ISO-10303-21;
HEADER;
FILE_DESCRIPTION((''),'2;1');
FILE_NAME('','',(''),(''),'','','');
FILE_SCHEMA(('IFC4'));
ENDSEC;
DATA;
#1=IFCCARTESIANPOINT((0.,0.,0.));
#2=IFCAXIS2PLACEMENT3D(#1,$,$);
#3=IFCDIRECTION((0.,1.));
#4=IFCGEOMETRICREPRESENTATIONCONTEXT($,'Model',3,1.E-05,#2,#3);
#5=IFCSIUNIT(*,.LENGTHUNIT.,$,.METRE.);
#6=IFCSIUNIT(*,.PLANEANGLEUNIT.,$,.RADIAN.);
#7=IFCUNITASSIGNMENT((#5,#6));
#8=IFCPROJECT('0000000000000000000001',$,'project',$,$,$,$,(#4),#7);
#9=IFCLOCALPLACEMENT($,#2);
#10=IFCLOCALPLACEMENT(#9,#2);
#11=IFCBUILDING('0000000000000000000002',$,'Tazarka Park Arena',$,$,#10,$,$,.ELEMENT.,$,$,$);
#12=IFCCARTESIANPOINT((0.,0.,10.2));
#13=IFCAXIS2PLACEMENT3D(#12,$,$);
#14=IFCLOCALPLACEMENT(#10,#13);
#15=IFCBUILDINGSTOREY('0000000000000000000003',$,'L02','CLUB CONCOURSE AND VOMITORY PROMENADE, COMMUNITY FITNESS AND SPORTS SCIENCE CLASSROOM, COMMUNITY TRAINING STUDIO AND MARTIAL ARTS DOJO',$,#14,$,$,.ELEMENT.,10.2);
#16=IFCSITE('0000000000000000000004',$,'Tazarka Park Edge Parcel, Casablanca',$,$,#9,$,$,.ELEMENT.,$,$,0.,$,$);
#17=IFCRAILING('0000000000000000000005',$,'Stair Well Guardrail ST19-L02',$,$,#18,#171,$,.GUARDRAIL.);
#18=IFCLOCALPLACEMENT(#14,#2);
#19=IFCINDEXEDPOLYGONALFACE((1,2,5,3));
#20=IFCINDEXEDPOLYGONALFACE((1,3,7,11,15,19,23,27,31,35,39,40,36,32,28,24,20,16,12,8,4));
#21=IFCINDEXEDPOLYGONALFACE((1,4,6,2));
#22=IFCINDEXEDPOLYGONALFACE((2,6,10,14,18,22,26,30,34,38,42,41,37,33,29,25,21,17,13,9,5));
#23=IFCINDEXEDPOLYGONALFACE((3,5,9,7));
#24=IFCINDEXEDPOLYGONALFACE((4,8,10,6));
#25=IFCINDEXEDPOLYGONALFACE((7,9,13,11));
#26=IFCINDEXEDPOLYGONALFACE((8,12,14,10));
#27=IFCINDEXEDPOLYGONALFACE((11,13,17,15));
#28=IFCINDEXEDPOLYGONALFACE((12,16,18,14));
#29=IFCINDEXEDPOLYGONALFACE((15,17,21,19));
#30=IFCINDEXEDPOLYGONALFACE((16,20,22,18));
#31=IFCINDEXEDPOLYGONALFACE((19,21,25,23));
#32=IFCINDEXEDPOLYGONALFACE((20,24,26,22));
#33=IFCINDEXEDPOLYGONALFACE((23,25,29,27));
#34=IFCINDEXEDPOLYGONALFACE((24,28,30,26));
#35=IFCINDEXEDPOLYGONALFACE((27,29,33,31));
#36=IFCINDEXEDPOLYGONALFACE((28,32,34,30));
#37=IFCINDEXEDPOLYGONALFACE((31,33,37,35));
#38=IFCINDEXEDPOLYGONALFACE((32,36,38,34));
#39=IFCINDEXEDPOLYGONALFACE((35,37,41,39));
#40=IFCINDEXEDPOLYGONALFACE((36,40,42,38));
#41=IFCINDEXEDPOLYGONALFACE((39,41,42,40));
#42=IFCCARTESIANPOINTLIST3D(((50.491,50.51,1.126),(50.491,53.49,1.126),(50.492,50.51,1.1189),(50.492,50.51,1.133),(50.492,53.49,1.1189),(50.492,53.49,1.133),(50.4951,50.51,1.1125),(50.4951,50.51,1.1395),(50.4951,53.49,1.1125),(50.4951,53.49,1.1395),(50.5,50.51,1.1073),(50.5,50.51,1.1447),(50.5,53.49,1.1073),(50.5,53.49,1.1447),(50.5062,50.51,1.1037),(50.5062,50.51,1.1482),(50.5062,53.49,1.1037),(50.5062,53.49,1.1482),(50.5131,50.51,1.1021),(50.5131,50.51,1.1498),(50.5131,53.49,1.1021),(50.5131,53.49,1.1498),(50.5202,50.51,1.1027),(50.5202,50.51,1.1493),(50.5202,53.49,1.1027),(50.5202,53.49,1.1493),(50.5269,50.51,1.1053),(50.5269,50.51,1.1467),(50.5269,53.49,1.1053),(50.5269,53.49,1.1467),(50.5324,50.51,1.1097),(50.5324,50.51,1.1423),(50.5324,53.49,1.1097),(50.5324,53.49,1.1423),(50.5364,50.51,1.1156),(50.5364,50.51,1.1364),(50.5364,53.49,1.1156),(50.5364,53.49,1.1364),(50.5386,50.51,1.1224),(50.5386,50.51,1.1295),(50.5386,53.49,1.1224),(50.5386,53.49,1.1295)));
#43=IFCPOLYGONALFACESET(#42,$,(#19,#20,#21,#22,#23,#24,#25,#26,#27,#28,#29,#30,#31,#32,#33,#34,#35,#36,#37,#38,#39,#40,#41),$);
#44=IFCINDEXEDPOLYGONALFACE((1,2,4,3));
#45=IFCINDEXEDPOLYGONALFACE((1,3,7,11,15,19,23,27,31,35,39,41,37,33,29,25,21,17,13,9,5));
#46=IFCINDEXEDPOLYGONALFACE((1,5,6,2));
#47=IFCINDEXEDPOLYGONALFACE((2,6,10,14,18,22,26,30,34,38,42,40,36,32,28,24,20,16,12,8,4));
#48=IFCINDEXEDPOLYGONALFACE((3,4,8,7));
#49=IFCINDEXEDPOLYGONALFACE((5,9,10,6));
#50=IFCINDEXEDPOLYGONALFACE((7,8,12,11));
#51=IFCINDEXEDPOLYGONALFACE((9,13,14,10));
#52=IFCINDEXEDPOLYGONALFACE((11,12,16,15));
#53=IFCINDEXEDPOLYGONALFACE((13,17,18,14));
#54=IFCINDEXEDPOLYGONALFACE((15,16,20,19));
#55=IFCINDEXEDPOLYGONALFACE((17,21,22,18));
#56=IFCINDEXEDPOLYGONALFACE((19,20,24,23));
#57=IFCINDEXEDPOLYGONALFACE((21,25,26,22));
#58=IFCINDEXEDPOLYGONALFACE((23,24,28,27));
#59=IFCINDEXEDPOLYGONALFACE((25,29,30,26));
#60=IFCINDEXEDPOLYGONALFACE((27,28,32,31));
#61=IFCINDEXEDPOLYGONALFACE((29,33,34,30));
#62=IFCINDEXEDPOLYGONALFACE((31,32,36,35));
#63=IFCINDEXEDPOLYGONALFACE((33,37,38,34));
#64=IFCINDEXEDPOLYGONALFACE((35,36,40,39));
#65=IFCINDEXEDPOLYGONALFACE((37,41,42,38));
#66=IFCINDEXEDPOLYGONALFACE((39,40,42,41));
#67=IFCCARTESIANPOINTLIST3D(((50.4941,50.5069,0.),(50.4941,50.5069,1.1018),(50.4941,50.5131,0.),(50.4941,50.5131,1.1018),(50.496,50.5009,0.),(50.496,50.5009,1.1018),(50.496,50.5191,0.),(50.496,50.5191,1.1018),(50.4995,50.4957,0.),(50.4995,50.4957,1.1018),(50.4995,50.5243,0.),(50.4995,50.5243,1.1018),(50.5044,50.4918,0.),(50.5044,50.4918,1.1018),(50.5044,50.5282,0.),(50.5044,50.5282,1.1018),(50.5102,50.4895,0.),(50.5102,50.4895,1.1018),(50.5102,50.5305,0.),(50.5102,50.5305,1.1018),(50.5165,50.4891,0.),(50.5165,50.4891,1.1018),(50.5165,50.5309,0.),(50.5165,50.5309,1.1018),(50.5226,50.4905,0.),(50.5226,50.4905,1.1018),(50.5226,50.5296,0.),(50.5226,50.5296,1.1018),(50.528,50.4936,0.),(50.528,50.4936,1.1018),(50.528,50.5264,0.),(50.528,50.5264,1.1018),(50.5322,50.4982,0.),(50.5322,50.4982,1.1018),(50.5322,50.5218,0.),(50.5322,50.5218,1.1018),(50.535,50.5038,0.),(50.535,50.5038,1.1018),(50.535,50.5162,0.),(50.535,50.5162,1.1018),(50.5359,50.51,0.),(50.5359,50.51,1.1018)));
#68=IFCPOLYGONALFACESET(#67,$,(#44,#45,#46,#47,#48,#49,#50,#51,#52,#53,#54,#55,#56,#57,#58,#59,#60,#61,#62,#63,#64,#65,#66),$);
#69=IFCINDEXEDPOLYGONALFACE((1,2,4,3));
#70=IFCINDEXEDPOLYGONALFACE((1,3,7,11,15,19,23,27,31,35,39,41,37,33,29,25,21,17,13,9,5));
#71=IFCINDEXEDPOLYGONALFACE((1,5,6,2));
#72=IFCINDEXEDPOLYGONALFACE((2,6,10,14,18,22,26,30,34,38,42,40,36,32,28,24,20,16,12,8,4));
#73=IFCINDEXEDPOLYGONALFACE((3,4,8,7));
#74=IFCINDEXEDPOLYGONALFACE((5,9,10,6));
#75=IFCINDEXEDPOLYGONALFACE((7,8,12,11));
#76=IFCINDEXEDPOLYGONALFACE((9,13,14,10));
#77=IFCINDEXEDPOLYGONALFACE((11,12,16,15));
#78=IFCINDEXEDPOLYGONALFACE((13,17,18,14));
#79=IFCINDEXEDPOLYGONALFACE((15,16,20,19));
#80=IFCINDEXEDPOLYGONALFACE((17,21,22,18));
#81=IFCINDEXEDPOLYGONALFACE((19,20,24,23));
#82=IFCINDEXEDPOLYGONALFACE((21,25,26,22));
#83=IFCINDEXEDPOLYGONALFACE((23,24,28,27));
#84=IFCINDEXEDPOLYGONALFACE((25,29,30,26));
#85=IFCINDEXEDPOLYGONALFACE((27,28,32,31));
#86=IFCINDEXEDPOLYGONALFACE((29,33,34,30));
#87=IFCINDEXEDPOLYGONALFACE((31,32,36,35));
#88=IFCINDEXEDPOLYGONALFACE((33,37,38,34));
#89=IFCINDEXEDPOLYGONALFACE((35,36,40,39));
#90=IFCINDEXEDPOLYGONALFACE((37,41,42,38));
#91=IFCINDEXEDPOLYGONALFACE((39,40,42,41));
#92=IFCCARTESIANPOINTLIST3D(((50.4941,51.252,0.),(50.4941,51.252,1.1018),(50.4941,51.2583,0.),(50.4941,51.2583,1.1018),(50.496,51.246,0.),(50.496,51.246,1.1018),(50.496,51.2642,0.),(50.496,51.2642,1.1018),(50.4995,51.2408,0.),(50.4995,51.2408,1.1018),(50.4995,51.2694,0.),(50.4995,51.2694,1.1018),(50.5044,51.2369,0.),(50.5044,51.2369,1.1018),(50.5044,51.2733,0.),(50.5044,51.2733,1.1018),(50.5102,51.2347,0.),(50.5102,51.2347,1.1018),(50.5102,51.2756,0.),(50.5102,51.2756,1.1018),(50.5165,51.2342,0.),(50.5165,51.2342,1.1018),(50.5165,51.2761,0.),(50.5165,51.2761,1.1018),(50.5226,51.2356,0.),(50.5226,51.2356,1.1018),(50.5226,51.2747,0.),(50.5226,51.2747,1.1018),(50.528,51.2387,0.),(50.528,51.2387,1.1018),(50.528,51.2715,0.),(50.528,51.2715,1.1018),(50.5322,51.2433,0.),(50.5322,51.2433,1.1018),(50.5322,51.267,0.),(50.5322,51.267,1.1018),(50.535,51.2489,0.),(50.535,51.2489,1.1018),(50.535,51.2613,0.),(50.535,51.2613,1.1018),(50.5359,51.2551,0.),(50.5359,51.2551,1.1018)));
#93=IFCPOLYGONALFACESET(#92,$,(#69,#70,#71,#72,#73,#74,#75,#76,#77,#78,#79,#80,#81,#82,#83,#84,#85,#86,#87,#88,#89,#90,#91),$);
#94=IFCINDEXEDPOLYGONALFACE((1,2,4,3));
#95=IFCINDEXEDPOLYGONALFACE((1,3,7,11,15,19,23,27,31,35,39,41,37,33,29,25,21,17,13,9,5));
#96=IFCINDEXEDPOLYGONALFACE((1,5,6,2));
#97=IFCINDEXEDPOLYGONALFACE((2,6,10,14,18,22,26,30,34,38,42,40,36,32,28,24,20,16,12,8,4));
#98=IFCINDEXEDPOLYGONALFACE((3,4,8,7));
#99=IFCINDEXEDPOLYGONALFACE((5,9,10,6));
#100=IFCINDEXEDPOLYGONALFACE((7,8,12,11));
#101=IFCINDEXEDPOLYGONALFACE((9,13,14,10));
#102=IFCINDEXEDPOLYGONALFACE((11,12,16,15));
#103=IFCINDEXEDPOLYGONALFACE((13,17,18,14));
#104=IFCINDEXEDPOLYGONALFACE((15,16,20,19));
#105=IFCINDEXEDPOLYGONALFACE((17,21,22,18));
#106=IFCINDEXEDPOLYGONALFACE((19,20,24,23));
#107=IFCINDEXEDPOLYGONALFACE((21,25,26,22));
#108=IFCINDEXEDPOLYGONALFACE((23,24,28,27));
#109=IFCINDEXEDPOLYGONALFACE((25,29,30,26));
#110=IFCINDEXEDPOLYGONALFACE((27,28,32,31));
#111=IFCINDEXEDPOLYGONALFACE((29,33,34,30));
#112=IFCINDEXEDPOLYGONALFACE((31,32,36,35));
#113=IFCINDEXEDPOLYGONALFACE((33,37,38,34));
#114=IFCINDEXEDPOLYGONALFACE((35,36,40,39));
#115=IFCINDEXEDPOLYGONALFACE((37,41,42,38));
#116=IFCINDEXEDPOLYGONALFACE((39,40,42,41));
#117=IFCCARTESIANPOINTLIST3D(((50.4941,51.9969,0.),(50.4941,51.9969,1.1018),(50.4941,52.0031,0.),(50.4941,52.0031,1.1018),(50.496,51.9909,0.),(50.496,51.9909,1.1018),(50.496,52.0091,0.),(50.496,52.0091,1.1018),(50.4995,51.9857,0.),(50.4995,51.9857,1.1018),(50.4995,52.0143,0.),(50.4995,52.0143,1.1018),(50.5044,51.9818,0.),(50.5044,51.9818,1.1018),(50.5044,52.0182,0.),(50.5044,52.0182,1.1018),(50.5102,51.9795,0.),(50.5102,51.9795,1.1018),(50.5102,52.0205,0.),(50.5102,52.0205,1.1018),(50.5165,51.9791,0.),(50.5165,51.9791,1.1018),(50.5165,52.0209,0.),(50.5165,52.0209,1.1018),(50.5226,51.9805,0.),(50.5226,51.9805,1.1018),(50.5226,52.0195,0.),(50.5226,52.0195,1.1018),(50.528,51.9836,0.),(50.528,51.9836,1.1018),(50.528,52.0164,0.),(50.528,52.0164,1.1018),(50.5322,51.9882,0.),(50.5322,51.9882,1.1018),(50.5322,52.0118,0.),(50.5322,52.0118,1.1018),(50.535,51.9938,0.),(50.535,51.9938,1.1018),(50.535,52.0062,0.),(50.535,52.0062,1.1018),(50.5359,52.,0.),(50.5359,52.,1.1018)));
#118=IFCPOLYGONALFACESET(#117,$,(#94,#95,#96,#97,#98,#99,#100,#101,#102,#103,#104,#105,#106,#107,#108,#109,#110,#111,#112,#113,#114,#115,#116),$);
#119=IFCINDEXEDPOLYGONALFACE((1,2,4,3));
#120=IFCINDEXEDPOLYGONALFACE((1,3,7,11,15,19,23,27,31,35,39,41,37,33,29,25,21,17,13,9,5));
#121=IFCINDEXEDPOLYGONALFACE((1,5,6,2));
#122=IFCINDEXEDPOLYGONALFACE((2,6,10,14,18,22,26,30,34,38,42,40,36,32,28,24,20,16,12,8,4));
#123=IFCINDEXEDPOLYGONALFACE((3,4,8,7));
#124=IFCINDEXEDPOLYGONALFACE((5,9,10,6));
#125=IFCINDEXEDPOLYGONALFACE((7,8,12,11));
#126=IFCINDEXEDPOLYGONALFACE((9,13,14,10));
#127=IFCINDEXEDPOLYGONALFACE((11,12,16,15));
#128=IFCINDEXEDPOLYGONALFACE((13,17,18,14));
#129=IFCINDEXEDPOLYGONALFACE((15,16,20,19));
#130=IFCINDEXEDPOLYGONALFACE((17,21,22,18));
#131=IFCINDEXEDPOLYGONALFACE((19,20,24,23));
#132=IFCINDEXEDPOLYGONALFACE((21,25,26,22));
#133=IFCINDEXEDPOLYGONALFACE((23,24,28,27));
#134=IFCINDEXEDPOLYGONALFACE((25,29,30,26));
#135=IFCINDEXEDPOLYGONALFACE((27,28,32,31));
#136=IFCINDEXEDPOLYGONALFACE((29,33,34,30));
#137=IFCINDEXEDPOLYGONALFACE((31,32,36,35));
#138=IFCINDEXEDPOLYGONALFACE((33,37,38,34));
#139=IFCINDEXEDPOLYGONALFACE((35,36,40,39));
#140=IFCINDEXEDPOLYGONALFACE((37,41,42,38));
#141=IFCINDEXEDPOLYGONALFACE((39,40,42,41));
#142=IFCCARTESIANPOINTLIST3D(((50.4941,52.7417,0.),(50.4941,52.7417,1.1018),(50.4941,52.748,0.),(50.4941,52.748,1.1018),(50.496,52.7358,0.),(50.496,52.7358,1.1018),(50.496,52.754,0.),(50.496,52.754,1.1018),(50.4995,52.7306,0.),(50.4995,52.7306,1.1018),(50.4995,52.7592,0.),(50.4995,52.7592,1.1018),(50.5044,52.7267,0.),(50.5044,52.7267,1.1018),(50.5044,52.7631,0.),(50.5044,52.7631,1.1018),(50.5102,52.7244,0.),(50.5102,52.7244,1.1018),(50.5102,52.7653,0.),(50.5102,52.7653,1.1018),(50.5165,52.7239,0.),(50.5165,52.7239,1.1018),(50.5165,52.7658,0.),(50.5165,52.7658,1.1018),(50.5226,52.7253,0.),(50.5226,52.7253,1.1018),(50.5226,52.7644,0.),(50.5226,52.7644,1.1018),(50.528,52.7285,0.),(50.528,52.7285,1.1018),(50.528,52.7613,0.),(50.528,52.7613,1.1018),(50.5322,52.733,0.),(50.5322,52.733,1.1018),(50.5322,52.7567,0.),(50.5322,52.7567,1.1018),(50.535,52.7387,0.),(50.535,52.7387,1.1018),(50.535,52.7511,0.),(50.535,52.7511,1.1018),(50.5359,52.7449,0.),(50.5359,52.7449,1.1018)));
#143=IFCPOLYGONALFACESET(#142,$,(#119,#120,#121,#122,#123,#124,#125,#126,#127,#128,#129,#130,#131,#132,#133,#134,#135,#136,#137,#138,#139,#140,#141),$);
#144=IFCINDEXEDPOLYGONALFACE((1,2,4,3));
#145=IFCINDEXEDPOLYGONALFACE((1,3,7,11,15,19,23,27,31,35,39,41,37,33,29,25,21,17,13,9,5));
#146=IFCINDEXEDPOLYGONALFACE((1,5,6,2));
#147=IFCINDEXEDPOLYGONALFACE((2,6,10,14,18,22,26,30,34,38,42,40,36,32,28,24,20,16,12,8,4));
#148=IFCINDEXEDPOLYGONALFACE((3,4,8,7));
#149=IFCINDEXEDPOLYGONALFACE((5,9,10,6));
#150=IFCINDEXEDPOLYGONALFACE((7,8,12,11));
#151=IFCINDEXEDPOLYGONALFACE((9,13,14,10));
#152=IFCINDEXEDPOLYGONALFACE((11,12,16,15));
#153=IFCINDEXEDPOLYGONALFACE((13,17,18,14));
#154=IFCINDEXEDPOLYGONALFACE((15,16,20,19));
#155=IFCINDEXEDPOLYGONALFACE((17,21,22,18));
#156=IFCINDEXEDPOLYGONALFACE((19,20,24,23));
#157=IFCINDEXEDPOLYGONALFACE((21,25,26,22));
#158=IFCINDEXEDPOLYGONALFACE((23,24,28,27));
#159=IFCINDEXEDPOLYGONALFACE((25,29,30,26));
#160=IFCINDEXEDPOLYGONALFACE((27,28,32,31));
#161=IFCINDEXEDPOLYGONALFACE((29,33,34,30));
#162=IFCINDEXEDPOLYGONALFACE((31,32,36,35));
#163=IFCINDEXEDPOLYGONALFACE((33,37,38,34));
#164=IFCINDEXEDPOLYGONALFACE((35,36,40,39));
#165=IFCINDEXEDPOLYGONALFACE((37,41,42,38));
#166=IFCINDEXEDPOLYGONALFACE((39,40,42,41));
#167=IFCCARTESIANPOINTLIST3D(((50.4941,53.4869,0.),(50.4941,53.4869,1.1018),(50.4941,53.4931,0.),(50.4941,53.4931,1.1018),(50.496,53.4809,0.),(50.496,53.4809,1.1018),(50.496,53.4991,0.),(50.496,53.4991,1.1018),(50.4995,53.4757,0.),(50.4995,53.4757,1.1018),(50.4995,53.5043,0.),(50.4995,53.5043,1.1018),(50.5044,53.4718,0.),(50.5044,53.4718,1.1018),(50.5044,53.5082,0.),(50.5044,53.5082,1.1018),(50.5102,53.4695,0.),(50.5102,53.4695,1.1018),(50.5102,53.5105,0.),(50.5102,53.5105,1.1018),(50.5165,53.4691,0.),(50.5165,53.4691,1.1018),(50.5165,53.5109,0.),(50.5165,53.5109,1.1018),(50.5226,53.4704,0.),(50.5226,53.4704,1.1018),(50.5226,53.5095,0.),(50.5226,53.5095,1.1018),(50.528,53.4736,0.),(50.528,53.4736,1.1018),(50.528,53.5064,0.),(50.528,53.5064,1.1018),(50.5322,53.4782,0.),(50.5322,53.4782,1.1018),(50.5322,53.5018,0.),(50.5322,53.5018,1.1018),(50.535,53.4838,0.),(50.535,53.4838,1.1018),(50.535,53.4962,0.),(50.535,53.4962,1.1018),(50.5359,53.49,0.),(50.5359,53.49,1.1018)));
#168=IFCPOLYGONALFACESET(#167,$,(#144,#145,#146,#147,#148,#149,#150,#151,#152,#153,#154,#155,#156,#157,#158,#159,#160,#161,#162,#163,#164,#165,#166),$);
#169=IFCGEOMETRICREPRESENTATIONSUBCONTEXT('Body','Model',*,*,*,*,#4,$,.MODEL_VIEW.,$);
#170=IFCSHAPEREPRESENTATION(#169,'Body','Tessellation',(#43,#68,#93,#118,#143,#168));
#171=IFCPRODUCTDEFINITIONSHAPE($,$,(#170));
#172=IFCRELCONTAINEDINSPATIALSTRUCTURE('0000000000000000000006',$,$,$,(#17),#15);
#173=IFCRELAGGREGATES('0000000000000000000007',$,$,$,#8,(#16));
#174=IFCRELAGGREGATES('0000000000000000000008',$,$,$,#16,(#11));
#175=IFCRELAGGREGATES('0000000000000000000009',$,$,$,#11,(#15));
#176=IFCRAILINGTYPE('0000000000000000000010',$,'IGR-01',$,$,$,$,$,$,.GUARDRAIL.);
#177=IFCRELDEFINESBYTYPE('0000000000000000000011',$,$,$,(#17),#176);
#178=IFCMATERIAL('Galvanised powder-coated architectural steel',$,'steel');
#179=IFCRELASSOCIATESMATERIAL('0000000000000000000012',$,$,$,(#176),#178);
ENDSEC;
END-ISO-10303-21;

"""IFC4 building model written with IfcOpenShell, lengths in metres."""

from ifc_helpers import new_model, si_unit, direction, frame, origin, origin_2d, place, context, subcontext, project, spatial, circle, extrude, material, type_object, element, save


model = new_model("IFC4")

# Units and contexts
model_context = context("Model", 3, precision=1e-05, world=origin(), true_north=direction((0.0, 1.0)))
body_context = subcontext(model_context, "Body", "Model", "MODEL_VIEW")
ifc_project = project(units=[si_unit("LENGTHUNIT", "METRE"), si_unit("PLANEANGLEUNIT", "RADIAN")], contexts=[model_context])

# Site, building, storey
site_placement = place(None, origin())
site = spatial("IfcSite", under=ifc_project, at=site_placement, Name="Tazarka Park Edge Parcel, Casablanca", CompositionType="ELEMENT", RefElevation=0.0)
building_placement = place(site_placement, origin())
building = spatial("IfcBuilding", under=site, at=building_placement, Name="Tazarka Park Arena", CompositionType="ELEMENT")
storey_placement = place(building_placement, frame((0.0, 0.0, 10.2)))
storey = spatial("IfcBuildingStorey", under=building, at=storey_placement, Name="L02", Description="CLUB CONCOURSE AND VOMITORY PROMENADE, COMMUNITY FITNESS AND SPORTS SCIENCE CLASSROOM, COMMUNITY TRAINING STUDIO AND MARTIAL ARTS DOJO", CompositionType="ELEMENT", Elevation=10.2)

# Railing
ifc_material_1 = material(Name="Galvanised powder-coated architectural steel", Category="steel")
railing_type_1 = type_object("IfcRailingType", Name="IGR-01", PredefinedType="GUARDRAIL", material=ifc_material_1)
for number, where, name in (
    (1, (50.5149, 50.51, 0.0), "Stair Well Guardrail ST19-L02"),
):
    element("IfcRailing", number, at=place(storey_placement, frame(where)), inside=storey, type_object=railing_type_1, Name=name, PredefinedType="GUARDRAIL", context=body_context, shape_type="SweptSolid", body=[
        extrude(circle(Radius=0.0239, at=origin_2d()), frame((0.0, 0.0, 1.126), z_axis=(0.0, 1.0, 0.0), x_axis=(-1.0, 0.0, 0.0)), (0.0, 0.0, 1.0), 2.98),
        extrude(circle(Radius=0.021, at=origin_2d()), origin(), (0.0, 0.0, 1.0), 1.1018),
        extrude(circle(Radius=0.021, at=origin_2d()), frame((0.0, 0.7451, 0.0)), (0.0, 0.0, 1.0), 1.1018),
        extrude(circle(Radius=0.021, at=origin_2d()), frame((0.0, 1.49, 0.0)), (0.0, 0.0, 1.0), 1.1018),
        extrude(circle(Radius=0.021, at=origin_2d()), frame((0.0, 2.2349, 0.0)), (0.0, 0.0, 1.0), 1.1018),
        extrude(circle(Radius=0.021, at=origin_2d()), frame((0.0, 2.98, 0.0)), (0.0, 0.0, 1.0), 1.1018),
    ])

save(model, "model.ifc")
